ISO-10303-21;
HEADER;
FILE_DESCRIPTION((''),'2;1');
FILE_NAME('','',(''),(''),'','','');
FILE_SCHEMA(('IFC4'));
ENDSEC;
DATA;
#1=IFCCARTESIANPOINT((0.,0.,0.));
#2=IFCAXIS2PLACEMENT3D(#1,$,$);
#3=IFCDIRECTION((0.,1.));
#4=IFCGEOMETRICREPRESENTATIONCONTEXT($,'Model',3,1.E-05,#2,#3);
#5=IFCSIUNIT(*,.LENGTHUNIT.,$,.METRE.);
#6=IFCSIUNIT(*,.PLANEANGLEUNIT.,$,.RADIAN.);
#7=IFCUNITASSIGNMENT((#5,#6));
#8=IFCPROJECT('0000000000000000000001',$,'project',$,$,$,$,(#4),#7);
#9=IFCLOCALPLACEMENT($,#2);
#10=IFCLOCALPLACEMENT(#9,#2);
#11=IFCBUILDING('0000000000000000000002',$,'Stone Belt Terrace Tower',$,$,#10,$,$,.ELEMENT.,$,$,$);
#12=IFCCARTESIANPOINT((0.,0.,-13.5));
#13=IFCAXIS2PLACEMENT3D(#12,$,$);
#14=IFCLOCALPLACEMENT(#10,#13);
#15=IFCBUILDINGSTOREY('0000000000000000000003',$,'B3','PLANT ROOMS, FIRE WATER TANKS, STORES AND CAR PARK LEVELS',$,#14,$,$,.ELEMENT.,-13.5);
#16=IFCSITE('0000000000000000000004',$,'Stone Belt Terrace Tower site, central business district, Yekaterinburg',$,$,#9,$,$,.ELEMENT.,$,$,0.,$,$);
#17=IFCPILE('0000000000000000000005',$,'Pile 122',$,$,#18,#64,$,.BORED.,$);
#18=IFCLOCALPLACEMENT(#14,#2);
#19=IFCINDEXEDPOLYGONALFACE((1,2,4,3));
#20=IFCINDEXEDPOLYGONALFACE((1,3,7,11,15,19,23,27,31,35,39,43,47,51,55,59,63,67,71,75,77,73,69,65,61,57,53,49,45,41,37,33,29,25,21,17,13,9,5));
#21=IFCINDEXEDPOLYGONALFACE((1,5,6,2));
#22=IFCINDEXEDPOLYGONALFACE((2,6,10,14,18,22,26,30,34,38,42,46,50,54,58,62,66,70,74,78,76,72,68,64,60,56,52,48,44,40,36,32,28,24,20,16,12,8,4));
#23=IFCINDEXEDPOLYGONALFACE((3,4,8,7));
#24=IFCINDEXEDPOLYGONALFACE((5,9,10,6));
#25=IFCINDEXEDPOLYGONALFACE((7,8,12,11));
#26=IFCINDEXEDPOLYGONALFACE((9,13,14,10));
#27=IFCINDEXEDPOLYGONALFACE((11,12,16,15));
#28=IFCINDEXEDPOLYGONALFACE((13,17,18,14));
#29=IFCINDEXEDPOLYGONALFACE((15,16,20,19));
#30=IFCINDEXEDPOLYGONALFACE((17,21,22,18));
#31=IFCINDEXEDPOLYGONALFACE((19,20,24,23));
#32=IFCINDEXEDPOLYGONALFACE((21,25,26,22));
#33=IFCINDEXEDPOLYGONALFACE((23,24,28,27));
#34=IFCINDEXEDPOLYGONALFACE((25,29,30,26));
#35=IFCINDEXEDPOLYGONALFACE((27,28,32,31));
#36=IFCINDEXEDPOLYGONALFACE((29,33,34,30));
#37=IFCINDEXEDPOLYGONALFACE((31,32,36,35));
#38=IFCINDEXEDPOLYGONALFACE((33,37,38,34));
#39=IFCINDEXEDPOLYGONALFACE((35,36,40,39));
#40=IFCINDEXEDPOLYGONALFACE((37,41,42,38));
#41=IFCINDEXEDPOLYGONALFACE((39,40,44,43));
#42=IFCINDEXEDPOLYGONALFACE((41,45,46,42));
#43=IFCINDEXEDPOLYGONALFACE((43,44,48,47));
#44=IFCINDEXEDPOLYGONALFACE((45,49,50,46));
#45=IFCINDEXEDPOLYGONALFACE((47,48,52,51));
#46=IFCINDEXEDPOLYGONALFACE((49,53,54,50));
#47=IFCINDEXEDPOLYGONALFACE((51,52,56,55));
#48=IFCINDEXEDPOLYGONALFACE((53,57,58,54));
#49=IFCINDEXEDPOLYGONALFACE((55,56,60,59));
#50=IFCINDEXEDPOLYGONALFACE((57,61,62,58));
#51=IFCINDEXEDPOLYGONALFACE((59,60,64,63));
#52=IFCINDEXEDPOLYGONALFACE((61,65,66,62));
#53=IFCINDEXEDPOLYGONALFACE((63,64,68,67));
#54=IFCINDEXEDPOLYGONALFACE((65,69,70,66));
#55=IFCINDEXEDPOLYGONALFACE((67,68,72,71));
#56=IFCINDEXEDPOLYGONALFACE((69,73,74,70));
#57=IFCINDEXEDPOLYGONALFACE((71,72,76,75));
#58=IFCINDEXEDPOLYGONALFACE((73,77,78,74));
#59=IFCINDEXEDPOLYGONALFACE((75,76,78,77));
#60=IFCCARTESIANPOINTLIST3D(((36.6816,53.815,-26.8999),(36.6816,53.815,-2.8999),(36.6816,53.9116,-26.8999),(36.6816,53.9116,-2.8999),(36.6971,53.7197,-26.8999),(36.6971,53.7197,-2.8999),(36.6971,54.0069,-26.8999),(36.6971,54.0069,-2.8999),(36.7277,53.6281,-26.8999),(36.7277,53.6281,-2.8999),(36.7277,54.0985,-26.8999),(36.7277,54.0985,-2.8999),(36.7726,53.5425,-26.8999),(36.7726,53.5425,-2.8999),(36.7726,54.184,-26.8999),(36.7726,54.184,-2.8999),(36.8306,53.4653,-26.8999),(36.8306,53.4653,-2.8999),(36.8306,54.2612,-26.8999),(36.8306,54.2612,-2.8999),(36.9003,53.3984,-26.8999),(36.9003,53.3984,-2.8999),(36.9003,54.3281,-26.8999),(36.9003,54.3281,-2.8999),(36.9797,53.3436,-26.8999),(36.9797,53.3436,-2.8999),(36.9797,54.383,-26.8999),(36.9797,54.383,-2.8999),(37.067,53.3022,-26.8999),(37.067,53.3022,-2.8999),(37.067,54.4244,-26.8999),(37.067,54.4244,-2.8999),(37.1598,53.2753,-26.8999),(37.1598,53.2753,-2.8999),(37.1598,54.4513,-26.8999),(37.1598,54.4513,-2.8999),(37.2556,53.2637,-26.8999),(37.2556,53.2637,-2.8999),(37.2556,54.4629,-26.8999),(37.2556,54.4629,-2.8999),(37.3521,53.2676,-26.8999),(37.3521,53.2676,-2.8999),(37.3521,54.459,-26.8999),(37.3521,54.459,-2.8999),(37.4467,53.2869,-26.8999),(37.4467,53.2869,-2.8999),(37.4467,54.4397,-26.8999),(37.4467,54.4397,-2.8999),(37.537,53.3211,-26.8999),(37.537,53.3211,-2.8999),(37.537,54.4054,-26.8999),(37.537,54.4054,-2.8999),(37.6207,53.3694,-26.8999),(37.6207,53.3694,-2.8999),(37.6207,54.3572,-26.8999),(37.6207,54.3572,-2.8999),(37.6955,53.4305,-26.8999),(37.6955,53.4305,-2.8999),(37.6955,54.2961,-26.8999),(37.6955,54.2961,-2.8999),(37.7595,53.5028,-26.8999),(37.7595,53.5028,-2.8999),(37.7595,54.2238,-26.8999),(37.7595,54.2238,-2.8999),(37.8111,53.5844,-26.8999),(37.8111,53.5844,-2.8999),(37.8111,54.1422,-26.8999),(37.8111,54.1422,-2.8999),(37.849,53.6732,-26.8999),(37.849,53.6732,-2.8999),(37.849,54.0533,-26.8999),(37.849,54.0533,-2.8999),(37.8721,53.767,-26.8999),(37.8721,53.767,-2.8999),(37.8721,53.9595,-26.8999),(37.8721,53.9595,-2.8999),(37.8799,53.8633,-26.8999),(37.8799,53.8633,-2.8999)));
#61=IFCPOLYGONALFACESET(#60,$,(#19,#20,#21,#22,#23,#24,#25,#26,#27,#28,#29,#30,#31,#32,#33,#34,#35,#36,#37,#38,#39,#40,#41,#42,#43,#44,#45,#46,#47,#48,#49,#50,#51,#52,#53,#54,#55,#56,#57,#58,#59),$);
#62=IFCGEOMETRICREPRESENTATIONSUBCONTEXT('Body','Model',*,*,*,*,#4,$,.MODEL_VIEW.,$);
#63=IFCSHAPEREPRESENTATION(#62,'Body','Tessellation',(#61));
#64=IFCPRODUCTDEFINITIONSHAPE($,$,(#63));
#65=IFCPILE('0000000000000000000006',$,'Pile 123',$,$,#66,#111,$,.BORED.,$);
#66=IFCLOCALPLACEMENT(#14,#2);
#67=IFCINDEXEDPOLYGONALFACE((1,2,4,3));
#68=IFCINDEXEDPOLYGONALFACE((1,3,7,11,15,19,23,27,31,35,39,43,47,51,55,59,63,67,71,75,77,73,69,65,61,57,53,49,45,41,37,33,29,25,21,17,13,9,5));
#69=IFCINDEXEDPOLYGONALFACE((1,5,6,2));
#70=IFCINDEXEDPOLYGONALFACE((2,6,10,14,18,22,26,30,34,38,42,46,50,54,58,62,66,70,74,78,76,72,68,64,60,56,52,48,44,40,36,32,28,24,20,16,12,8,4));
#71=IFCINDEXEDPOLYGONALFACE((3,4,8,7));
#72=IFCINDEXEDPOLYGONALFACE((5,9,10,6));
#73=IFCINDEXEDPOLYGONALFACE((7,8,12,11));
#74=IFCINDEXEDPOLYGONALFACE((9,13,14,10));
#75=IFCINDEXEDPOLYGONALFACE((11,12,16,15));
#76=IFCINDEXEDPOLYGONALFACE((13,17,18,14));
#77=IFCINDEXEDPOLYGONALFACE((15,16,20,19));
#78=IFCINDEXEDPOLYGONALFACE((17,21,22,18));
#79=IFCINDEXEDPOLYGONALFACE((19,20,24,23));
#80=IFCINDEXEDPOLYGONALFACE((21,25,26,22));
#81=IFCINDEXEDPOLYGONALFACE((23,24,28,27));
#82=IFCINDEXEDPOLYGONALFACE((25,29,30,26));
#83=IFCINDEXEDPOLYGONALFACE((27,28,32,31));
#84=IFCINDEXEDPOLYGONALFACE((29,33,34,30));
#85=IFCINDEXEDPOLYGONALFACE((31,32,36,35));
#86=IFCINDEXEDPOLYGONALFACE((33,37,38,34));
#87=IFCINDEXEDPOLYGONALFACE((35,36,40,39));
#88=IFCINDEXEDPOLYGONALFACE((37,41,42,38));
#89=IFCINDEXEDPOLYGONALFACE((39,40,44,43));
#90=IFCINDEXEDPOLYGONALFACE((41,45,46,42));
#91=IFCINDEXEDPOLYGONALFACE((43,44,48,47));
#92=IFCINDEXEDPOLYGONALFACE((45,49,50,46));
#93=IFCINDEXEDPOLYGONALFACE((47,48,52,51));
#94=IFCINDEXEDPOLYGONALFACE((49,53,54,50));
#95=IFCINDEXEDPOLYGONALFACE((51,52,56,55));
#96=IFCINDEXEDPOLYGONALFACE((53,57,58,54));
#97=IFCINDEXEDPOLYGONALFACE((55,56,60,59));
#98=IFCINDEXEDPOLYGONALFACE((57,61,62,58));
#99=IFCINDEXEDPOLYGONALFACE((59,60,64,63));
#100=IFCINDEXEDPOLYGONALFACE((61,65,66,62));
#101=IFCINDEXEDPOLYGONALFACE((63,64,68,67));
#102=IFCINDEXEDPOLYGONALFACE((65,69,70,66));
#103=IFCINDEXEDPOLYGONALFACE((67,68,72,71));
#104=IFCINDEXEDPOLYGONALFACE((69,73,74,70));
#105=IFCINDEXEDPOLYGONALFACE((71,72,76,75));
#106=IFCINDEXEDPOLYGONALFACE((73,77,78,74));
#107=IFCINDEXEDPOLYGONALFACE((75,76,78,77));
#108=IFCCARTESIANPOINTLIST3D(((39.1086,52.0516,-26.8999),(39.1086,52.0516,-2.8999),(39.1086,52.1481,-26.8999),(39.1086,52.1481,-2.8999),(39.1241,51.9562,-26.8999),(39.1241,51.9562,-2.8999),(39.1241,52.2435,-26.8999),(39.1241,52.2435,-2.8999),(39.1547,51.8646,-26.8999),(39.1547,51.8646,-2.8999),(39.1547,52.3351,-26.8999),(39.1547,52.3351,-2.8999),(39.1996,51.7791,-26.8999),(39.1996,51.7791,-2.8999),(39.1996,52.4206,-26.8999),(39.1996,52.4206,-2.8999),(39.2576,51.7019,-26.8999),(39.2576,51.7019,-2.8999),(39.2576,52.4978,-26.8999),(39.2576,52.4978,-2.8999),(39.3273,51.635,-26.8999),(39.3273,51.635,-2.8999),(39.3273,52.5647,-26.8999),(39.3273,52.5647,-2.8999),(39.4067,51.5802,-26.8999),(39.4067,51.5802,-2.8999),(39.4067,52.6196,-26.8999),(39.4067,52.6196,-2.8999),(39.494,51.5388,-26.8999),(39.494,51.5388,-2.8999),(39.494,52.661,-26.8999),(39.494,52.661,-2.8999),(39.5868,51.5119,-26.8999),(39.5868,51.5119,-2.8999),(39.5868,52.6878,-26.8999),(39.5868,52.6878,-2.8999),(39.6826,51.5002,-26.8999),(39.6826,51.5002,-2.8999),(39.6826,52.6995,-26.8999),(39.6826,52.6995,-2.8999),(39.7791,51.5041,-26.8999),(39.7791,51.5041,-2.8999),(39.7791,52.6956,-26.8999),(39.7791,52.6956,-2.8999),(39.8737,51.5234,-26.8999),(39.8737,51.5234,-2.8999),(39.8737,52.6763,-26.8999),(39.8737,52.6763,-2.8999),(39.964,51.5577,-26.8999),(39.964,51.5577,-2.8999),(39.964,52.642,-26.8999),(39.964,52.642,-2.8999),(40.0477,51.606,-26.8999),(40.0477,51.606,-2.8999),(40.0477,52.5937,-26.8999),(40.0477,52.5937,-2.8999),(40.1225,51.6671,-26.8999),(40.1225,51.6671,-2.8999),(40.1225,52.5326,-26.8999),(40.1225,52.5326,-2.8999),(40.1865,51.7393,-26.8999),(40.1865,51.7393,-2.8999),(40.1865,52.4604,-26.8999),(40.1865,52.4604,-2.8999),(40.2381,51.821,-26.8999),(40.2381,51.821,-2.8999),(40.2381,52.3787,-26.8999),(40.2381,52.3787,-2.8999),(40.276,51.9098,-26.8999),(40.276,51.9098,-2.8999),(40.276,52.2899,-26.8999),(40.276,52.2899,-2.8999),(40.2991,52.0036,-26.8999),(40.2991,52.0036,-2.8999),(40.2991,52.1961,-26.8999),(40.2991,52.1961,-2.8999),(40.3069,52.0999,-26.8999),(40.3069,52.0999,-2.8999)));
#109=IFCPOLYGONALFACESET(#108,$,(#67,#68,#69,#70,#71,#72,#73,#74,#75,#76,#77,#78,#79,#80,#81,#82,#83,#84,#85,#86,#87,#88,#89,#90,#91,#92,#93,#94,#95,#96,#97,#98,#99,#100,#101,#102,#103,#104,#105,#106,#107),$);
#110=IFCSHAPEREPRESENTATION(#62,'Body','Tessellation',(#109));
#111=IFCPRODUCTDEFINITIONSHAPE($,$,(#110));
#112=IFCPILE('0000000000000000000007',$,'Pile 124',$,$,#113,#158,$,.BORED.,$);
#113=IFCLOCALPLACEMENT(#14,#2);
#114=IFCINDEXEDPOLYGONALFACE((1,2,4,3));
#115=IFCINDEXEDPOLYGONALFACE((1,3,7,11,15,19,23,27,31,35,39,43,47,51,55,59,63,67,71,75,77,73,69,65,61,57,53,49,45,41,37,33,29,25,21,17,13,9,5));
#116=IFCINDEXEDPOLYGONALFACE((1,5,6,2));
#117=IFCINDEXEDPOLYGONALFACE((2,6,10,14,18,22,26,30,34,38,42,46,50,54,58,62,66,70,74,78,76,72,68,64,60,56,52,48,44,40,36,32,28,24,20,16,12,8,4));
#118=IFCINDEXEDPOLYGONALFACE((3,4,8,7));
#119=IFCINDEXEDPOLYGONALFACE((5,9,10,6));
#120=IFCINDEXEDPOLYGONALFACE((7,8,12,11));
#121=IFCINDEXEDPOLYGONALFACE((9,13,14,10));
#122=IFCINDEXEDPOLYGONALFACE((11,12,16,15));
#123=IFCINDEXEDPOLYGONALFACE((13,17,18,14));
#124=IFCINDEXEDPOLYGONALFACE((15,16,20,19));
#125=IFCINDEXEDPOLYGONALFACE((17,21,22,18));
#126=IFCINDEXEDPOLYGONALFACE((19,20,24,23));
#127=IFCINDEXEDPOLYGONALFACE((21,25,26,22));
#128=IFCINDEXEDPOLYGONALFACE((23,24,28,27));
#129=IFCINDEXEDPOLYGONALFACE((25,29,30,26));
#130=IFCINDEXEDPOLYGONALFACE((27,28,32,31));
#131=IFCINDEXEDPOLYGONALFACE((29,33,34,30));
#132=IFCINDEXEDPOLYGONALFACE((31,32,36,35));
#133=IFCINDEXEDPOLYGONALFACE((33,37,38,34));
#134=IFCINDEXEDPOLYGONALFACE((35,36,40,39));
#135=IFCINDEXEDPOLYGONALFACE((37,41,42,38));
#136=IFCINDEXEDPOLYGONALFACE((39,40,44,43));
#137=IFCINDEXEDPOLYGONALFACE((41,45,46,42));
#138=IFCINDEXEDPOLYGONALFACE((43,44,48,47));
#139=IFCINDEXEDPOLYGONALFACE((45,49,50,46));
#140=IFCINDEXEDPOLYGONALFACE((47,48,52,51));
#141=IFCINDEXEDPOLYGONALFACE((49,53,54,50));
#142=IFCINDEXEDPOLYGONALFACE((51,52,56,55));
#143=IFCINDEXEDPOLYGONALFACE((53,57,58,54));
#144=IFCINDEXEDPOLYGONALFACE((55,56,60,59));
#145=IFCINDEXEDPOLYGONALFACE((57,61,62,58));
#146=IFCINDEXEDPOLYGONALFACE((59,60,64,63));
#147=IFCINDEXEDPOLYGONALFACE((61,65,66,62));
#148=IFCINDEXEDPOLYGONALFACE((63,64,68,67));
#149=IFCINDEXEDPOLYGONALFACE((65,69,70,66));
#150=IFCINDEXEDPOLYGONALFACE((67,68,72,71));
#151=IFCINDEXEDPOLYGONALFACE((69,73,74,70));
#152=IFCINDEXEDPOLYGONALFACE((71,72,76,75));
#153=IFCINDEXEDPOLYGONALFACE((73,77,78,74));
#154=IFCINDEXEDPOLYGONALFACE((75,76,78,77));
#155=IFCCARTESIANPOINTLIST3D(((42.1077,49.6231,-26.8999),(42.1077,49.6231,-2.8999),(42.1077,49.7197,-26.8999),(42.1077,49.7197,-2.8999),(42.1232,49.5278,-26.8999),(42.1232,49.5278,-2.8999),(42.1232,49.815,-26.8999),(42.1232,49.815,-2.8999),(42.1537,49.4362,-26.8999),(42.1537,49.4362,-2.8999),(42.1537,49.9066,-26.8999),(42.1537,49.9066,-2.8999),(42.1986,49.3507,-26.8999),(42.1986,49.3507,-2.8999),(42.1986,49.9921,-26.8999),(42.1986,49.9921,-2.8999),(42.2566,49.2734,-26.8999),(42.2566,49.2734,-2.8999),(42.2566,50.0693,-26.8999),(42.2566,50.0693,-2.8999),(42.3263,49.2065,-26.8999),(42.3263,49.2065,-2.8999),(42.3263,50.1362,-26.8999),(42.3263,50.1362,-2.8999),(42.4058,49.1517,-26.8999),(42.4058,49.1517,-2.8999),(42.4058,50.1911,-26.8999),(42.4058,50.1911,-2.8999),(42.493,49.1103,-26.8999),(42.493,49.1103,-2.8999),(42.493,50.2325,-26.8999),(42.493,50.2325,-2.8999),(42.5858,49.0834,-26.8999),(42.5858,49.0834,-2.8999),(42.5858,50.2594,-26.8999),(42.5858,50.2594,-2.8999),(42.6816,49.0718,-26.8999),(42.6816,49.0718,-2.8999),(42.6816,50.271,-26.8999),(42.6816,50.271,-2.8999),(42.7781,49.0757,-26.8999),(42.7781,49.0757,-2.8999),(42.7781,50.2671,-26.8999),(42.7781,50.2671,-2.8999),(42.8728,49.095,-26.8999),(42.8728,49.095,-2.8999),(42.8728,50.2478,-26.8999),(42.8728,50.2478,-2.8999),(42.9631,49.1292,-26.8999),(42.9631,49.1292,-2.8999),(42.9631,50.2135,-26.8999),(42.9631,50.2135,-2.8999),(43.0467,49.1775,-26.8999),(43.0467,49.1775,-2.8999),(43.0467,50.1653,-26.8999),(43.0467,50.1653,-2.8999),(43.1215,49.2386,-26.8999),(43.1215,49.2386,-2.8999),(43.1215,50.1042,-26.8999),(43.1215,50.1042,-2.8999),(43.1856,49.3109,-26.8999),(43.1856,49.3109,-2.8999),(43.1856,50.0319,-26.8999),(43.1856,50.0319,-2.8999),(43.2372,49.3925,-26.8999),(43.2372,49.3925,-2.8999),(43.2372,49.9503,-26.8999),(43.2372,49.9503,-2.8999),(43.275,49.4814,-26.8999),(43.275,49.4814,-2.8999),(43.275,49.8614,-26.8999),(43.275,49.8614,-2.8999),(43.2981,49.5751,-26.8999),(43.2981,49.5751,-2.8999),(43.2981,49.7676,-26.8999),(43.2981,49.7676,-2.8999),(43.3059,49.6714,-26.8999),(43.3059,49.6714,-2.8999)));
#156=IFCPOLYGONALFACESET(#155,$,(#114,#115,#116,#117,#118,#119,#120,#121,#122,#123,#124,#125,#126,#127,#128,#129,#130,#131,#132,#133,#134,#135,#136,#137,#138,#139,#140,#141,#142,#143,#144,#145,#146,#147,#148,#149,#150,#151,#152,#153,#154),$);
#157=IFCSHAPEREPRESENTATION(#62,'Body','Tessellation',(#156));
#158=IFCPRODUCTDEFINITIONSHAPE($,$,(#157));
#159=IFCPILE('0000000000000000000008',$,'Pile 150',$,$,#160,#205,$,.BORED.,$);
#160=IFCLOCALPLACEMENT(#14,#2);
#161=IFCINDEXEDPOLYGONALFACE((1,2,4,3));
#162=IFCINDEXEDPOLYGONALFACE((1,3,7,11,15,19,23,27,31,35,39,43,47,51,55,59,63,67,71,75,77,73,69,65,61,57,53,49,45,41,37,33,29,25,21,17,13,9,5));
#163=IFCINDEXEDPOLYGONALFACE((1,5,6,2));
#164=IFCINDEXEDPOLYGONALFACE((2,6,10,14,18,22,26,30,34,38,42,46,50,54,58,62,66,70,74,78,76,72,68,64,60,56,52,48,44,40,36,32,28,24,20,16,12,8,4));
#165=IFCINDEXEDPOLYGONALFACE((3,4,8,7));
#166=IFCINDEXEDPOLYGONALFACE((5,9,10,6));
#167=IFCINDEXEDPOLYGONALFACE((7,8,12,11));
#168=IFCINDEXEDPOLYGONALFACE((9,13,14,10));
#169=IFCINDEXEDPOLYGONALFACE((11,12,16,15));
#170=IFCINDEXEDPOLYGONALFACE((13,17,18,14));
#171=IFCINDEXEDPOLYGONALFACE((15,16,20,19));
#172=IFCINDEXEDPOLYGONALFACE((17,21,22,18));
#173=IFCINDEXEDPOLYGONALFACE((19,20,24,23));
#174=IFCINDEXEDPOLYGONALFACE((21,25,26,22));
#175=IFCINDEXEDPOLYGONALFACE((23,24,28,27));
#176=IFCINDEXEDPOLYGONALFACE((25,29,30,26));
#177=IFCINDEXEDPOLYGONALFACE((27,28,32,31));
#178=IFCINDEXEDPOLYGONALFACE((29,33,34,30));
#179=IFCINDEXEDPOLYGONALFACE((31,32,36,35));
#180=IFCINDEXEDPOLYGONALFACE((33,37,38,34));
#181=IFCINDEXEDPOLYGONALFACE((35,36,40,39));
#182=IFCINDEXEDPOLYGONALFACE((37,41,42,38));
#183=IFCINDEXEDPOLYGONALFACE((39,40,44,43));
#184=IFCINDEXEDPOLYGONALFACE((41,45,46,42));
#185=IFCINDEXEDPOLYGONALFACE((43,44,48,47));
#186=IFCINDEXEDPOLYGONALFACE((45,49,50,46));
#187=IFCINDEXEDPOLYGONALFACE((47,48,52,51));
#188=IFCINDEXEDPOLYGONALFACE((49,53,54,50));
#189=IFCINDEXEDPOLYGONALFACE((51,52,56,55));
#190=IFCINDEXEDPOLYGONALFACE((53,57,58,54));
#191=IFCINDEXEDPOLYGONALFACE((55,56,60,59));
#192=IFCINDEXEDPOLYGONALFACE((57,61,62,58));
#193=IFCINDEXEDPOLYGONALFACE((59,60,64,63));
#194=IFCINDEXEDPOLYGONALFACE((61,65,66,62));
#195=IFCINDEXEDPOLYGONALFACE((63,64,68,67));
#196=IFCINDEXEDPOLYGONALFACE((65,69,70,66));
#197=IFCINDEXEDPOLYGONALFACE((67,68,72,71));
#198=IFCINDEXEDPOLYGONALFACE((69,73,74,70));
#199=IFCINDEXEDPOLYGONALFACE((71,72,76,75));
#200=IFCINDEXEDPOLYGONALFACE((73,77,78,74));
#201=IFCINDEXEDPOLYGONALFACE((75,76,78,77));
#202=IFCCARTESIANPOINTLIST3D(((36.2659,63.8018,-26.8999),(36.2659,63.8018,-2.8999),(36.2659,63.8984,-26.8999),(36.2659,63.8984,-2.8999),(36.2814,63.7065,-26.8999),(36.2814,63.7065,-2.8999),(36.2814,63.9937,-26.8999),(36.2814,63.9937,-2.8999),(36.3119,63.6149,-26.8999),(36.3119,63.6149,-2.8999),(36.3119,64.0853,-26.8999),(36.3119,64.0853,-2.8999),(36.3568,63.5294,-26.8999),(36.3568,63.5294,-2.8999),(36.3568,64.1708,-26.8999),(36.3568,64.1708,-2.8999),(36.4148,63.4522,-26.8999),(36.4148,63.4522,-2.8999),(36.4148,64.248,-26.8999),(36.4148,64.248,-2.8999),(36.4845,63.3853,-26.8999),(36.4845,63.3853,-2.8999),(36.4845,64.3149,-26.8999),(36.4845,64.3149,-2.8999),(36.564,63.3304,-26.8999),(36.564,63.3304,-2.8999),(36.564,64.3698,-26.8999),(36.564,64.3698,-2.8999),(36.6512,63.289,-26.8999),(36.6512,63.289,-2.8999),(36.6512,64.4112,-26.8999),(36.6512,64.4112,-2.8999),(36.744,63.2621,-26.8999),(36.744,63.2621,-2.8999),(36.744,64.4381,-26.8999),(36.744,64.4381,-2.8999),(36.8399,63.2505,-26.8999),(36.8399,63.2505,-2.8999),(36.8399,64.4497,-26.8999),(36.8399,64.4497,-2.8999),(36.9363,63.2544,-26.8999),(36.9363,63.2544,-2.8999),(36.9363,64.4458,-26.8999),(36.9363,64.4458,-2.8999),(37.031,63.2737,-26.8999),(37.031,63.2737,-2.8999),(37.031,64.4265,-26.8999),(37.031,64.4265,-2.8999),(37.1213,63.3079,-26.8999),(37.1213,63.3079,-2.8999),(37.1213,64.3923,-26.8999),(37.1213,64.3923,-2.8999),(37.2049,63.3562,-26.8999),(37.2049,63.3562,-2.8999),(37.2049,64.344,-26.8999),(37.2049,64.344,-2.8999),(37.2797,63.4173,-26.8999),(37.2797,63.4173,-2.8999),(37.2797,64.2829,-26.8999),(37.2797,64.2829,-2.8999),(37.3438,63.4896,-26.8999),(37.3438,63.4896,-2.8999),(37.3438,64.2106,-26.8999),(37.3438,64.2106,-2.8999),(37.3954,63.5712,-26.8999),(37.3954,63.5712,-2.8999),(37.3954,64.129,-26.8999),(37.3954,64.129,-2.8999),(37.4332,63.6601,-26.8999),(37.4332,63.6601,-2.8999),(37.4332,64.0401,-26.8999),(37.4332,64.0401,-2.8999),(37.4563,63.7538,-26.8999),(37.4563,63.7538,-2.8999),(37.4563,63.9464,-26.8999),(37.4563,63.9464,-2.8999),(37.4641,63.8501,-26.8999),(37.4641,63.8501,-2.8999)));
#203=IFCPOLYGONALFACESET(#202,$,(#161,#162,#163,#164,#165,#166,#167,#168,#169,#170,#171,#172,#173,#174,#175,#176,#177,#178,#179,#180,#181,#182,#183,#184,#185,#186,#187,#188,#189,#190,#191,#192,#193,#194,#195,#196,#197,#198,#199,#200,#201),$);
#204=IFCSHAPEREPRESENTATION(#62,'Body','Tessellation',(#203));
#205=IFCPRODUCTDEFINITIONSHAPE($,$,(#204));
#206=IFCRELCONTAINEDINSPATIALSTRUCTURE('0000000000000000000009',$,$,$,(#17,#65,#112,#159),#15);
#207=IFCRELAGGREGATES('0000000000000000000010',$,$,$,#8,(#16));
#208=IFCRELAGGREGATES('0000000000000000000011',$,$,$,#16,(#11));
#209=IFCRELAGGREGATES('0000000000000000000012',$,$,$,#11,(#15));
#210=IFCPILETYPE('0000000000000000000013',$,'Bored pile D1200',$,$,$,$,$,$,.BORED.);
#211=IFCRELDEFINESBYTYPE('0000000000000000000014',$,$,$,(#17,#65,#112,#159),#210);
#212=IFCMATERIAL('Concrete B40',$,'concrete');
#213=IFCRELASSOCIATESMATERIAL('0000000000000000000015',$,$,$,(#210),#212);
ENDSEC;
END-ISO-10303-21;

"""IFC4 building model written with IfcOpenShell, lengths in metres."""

from ifc_helpers import new_model, si_unit, direction, frame, origin, origin_2d, place, context, subcontext, project, spatial, circle, extrude, material, material_profile, profile_set, type_object, element, save


model = new_model("IFC4")

# Units and contexts
model_context = context("Model", 3, precision=1e-05, world=origin(), true_north=direction((0.0, 1.0)))
body_context = subcontext(model_context, "Body", "Model", "MODEL_VIEW")
ifc_project = project(units=[si_unit("LENGTHUNIT", "METRE"), si_unit("PLANEANGLEUNIT", "RADIAN")], contexts=[model_context])

# Site, building, storey
site_placement = place(None, origin())
site = spatial("IfcSite", under=ifc_project, at=site_placement, Name="Stone Belt Terrace Tower site, central business district, Yekaterinburg", CompositionType="ELEMENT", RefElevation=0.0)
building_placement = place(site_placement, origin())
building = spatial("IfcBuilding", under=site, at=building_placement, Name="Stone Belt Terrace Tower", CompositionType="ELEMENT")
storey_placement = place(building_placement, frame((0.0, 0.0, -13.5)))
storey = spatial("IfcBuildingStorey", under=building, at=storey_placement, Name="B3", Description="PLANT ROOMS, FIRE WATER TANKS, STORES AND CAR PARK LEVELS", CompositionType="ELEMENT", Elevation=-13.5)

# Piles
ifc_material_1 = material(Name="Concrete B40", Category="concrete")
ifc_material_profile_1 = material_profile(ifc_material_1, circle(Radius=0.6001, at=origin_2d()), Name="PILE D1200")
ifc_profile_set_1 = profile_set([ifc_material_profile_1], Name="Concrete B40")
pile_type = type_object("IfcPileType", Name="Bored pile D1200", PredefinedType="BORED", material=ifc_profile_set_1)
for number, where, z_axis, x_axis, name in (
    (1, (37.2798, 53.8633, -2.8999), (0.0, 0.0, -1.0), (1.0, 0.0, 0.0), "Pile 122"),
    (2, (39.7068, 52.0999, -2.8999), (0.0, 0.0, -1.0), (1.0, 0.0, 0.0), "Pile 123"),
    (3, (42.7058, 49.6714, -2.8999), (0.0, 0.0, -1.0), (1.0, 0.0, 0.0), "Pile 124"),
    (4, (36.864, 63.8501, -2.8999), (0.0, 0.0, -1.0), (1.0, 0.0, 0.0), "Pile 150"),
):
    element("IfcPile", number, at=place(storey_placement, frame(where, z_axis=z_axis, x_axis=x_axis)), inside=storey, type_object=pile_type, Name=name, PredefinedType="BORED", context=body_context, shape_type="SweptSolid", body=[
        extrude(circle(Radius=0.6001, at=origin_2d()), origin(), (0.0, 0.0, 1.0), 24.0),
    ])

save(model, "model.ifc")
